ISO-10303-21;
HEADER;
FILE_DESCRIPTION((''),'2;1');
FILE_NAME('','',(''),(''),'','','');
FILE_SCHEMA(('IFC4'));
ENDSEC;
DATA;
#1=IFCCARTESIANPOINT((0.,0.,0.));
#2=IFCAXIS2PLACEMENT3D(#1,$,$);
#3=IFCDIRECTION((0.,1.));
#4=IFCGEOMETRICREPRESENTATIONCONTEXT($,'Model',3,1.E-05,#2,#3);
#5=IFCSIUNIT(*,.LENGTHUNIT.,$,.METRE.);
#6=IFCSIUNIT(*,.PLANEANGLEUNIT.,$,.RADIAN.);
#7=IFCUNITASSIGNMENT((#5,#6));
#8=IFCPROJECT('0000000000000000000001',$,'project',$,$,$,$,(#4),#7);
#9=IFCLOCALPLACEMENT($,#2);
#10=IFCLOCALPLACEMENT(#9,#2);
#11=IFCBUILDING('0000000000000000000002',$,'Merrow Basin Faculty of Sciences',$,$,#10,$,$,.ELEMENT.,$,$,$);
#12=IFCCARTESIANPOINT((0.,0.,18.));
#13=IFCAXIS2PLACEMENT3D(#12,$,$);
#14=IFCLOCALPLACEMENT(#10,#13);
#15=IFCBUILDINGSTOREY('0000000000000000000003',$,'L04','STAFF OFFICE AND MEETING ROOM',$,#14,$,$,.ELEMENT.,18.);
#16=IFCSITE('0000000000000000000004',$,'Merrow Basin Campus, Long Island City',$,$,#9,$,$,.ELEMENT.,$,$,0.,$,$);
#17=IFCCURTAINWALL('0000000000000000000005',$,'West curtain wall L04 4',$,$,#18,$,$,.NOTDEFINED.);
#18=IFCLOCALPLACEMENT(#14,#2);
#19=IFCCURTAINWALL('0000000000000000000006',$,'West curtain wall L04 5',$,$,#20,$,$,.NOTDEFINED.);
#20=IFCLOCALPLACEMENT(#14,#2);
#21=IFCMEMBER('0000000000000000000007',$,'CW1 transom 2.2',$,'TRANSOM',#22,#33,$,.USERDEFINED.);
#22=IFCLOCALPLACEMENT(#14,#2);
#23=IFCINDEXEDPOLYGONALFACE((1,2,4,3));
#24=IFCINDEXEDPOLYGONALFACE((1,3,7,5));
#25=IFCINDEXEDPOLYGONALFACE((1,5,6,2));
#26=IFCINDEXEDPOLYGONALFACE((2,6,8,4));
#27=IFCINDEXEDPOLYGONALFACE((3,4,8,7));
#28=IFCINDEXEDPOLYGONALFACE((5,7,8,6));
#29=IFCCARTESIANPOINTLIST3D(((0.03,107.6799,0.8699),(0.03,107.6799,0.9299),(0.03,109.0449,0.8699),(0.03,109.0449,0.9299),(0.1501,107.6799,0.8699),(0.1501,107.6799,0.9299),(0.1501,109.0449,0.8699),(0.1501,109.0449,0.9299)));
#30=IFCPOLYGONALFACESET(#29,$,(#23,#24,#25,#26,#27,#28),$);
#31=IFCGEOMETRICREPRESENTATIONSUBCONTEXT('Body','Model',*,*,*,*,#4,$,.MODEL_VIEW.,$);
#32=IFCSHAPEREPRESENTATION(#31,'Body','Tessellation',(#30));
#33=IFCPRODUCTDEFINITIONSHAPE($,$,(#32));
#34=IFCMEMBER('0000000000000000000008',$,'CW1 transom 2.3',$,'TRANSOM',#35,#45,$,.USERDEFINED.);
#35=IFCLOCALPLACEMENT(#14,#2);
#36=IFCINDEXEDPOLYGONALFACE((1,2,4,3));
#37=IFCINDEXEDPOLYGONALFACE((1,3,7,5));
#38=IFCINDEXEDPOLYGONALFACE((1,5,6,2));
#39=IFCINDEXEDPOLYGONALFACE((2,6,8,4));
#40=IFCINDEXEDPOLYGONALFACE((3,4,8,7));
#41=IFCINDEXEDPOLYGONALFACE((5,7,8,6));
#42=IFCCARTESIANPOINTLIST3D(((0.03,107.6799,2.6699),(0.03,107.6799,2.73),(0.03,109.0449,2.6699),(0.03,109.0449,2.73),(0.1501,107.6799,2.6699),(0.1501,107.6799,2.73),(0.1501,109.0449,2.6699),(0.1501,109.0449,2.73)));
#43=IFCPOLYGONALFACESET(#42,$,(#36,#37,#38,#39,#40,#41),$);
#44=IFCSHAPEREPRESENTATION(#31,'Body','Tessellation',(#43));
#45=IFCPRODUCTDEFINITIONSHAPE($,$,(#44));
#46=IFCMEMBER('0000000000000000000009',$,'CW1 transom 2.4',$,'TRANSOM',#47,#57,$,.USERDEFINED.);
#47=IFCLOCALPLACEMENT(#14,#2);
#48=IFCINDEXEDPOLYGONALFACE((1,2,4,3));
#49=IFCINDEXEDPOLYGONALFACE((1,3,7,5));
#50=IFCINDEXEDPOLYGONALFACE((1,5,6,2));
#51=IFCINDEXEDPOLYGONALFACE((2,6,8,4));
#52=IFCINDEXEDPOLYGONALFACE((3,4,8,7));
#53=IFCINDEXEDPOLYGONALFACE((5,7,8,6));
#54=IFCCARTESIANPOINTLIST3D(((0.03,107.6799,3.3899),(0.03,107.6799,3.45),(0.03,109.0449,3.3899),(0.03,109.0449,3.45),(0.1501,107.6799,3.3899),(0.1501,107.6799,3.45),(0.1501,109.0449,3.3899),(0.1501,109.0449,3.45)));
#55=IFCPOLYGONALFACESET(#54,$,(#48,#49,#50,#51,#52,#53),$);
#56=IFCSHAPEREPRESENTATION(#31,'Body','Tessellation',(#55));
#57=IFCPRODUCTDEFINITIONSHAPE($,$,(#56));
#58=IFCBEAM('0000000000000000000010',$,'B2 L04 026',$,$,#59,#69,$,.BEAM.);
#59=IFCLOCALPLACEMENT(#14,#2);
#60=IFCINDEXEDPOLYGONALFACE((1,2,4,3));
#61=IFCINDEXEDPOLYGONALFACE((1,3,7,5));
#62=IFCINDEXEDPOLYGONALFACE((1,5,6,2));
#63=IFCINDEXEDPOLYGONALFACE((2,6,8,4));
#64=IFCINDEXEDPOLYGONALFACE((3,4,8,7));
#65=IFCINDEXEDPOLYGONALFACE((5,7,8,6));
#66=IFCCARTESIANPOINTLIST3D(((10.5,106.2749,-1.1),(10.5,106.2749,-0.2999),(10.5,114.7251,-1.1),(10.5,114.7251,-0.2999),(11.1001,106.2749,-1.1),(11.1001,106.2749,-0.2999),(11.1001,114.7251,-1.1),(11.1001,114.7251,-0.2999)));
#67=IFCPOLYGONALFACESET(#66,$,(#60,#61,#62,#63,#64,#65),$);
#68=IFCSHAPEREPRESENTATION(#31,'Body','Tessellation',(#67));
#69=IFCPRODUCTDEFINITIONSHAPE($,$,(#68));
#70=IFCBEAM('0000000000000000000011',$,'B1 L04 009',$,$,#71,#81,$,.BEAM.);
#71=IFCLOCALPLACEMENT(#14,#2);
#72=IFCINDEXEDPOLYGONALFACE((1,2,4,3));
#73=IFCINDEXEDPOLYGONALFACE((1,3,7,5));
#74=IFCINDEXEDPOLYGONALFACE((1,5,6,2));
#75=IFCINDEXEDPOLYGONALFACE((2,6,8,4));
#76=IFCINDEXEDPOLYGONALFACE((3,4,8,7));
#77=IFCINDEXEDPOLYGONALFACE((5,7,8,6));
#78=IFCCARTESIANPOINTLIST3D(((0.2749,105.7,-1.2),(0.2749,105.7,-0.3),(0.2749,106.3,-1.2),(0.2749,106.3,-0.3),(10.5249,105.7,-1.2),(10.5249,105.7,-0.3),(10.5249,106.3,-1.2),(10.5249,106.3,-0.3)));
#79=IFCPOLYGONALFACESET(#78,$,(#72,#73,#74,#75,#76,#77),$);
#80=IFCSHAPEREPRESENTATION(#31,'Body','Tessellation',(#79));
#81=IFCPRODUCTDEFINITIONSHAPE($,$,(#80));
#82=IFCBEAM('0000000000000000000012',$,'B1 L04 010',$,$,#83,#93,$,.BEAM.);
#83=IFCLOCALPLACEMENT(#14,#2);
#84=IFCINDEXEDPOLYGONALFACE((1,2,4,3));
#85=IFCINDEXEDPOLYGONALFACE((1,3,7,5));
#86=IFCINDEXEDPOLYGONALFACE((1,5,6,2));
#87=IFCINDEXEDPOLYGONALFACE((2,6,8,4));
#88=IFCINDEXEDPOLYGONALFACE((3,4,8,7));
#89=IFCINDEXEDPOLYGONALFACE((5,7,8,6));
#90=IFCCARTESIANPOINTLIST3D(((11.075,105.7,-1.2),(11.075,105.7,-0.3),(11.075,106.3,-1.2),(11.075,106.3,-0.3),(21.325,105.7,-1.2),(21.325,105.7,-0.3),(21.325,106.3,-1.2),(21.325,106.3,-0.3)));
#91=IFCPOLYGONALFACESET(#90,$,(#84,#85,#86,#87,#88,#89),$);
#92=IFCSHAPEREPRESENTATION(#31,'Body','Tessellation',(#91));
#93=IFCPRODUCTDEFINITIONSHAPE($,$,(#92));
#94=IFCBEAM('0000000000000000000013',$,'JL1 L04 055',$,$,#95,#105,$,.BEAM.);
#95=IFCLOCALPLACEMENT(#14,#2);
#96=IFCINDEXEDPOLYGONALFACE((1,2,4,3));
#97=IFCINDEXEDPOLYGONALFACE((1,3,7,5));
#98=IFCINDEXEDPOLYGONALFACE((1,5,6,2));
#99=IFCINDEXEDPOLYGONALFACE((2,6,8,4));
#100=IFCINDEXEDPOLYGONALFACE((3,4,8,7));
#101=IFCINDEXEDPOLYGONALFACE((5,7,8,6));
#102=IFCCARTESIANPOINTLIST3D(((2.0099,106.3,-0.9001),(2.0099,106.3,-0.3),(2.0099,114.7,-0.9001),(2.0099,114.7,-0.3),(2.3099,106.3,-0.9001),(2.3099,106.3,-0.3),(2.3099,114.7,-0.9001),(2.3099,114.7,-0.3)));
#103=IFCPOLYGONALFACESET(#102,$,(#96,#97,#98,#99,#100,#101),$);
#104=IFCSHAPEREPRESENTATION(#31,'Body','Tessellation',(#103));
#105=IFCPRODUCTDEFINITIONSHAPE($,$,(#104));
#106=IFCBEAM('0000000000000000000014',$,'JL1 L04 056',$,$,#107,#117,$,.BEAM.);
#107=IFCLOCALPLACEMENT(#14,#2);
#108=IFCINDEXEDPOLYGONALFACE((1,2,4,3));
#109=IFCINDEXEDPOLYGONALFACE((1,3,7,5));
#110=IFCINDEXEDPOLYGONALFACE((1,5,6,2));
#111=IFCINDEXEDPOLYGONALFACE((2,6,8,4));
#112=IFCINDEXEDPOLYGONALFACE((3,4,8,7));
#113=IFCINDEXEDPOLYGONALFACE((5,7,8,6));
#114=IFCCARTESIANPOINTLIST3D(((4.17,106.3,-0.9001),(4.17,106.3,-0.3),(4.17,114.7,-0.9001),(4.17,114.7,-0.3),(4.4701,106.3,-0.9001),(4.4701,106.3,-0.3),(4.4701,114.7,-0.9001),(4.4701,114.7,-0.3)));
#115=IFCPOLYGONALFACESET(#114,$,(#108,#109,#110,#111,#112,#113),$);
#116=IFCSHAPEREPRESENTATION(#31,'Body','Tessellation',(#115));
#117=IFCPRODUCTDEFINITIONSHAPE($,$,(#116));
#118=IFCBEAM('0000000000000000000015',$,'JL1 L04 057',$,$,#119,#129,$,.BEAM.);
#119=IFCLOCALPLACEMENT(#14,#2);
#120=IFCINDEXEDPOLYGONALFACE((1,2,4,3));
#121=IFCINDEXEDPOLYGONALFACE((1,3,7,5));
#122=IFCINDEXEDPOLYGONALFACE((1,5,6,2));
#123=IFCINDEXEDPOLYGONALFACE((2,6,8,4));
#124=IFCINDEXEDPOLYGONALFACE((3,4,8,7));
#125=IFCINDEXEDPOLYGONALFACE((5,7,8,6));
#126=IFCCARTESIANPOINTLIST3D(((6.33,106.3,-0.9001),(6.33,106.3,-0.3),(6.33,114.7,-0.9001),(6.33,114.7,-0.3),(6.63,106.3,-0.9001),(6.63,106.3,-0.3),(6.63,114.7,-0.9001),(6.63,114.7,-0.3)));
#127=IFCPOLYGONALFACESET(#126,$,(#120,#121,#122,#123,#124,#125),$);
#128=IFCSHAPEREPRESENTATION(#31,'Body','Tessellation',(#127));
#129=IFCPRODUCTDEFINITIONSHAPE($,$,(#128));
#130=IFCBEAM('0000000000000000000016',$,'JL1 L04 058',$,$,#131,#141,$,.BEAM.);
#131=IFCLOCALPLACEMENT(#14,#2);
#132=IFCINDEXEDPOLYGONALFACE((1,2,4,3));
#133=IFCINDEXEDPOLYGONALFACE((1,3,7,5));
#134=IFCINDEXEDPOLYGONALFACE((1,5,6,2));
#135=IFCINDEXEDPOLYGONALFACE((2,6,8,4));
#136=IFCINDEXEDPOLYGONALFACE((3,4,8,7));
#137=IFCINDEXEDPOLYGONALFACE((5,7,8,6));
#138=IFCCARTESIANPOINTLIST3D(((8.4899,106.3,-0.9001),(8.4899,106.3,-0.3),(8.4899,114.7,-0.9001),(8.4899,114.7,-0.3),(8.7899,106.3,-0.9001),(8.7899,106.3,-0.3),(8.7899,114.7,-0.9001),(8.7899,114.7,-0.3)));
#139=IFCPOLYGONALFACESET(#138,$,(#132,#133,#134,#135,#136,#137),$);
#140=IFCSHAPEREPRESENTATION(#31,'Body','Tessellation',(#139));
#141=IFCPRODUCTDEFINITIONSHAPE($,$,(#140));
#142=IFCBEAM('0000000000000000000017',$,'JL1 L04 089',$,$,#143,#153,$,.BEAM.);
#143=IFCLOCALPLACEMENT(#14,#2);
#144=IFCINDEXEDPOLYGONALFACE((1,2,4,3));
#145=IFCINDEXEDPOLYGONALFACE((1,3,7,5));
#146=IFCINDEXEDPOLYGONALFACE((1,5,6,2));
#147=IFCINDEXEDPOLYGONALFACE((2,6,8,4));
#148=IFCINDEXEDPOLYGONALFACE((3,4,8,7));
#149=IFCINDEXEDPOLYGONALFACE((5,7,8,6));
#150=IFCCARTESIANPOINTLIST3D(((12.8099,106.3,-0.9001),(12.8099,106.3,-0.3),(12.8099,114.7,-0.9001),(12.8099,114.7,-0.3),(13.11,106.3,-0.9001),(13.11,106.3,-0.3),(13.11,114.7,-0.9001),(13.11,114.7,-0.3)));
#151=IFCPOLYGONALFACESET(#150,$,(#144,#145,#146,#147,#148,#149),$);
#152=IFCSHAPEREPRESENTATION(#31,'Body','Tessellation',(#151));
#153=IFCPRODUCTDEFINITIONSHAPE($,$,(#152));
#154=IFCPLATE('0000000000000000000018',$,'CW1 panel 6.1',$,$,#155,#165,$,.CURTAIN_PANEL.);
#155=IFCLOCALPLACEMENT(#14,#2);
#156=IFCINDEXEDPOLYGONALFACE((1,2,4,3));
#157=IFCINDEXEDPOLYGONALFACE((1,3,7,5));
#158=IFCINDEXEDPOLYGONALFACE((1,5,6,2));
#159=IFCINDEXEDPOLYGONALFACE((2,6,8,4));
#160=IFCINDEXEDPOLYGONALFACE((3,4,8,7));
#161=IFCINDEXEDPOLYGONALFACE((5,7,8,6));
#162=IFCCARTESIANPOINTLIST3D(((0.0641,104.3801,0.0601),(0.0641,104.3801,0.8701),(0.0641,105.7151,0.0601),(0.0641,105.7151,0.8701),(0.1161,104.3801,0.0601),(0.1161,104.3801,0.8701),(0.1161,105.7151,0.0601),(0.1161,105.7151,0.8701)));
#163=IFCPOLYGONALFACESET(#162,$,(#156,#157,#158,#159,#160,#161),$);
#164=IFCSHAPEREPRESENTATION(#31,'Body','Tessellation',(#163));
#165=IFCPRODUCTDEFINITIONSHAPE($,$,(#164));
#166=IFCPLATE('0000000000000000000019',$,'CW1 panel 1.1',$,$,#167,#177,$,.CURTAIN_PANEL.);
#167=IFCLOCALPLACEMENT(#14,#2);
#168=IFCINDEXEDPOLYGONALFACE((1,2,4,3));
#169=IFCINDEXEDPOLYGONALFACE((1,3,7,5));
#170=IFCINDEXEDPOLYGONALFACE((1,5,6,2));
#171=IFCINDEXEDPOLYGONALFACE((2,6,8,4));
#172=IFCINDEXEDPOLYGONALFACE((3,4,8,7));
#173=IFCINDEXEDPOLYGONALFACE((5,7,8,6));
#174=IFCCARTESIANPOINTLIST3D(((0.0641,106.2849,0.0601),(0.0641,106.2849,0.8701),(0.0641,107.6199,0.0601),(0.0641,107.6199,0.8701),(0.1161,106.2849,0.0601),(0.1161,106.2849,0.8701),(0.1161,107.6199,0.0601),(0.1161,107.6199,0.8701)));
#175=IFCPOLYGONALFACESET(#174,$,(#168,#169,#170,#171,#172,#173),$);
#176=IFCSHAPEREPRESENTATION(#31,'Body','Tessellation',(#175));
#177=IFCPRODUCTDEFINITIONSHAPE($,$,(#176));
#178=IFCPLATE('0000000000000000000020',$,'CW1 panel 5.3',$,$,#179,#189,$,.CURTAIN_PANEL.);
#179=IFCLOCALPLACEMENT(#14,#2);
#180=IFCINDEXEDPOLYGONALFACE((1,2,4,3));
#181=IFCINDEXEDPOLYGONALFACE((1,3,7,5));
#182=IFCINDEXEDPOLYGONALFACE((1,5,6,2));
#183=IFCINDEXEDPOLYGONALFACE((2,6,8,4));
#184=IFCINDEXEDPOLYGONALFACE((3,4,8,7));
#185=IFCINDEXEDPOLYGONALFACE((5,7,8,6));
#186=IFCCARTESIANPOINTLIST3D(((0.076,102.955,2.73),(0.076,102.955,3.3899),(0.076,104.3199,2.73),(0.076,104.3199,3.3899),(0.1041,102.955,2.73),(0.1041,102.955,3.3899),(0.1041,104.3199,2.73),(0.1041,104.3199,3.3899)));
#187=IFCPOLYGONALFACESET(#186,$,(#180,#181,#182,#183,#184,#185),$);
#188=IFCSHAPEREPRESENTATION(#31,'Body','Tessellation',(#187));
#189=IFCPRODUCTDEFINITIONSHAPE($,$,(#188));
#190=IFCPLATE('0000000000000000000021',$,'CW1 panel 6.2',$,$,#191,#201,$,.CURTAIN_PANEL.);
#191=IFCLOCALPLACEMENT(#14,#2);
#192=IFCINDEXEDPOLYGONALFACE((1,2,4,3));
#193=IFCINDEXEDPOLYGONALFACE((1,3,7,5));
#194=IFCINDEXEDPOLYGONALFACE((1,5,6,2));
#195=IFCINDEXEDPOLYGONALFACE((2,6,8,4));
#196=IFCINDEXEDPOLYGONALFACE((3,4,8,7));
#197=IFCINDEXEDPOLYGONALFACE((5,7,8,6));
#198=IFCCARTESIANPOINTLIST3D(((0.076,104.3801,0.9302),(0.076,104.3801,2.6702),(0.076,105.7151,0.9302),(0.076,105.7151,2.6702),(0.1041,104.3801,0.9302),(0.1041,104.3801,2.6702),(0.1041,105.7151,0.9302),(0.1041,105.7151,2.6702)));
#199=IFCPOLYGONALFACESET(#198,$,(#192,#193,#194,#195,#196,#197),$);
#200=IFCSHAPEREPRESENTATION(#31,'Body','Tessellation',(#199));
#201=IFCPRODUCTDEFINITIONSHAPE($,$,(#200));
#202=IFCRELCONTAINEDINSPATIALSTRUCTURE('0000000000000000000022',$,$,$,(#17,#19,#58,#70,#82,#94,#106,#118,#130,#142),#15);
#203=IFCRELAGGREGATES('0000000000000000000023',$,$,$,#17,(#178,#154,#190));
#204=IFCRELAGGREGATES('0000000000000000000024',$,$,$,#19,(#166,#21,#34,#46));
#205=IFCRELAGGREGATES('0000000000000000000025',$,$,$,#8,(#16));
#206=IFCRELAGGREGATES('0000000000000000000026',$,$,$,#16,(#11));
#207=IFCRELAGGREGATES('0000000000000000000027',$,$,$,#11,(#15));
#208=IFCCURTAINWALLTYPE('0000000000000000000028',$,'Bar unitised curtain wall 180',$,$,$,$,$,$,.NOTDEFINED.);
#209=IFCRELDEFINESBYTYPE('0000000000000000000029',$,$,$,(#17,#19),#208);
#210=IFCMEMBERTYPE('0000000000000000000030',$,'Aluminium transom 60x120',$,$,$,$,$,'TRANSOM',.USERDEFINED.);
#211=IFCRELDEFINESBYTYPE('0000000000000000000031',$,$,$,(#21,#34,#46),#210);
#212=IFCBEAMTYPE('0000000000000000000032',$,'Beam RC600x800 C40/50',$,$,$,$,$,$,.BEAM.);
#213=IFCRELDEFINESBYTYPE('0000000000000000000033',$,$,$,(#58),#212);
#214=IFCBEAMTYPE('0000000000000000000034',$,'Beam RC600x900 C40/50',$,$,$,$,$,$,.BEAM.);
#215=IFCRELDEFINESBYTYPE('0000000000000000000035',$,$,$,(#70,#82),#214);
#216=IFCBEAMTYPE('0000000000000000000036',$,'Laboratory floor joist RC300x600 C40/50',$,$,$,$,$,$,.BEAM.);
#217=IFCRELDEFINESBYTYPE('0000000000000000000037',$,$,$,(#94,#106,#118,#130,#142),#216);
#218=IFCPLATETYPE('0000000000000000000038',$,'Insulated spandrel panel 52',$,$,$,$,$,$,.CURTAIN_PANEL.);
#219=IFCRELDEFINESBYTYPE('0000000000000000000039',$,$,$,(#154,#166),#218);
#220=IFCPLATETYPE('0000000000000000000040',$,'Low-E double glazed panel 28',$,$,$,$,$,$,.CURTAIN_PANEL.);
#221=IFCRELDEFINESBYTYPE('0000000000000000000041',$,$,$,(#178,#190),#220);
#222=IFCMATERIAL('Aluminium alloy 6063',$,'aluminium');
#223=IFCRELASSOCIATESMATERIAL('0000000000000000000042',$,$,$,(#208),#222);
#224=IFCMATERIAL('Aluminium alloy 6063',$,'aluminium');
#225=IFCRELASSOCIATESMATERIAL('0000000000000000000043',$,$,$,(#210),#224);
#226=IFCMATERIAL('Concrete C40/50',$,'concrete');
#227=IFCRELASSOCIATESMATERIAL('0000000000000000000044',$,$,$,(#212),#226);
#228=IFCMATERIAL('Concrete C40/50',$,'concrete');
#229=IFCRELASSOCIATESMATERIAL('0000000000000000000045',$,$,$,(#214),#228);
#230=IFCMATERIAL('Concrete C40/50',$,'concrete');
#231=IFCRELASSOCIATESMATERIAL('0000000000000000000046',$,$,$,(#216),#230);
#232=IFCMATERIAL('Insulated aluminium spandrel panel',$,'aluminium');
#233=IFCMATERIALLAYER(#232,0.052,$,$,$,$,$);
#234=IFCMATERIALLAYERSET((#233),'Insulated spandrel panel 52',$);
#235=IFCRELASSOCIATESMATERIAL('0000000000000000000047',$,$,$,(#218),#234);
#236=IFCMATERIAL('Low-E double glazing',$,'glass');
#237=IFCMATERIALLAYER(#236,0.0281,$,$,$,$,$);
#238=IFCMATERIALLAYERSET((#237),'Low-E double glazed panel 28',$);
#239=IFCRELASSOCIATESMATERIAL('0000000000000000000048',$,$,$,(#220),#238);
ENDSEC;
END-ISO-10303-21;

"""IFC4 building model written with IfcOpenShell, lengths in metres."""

from ifc_helpers import new_model, si_unit, direction, frame, origin, origin_2d, place, context, subcontext, project, spatial, rectangle, extrude, material, layer, layer_set, material_profile, profile_set, type_object, element, aggregate, save


model = new_model("IFC4")

# Units and contexts
model_context = context("Model", 3, precision=1e-05, world=origin(), true_north=direction((0.0, 1.0)))
body_context = subcontext(model_context, "Body", "Model", "MODEL_VIEW")
ifc_project = project(units=[si_unit("LENGTHUNIT", "METRE"), si_unit("PLANEANGLEUNIT", "RADIAN")], contexts=[model_context])

# Site, building, storey
site_placement = place(None, origin())
site = spatial("IfcSite", under=ifc_project, at=site_placement, Name="Merrow Basin Campus, Long Island City", CompositionType="ELEMENT", RefElevation=0.0)
building_placement = place(site_placement, origin())
building = spatial("IfcBuilding", under=site, at=building_placement, Name="Merrow Basin Faculty of Sciences", CompositionType="ELEMENT")
storey_placement = place(building_placement, frame((0.0, 0.0, 18.0)))
storey = spatial("IfcBuildingStorey", under=building, at=storey_placement, Name="L04", Description="STAFF OFFICE AND MEETING ROOM", CompositionType="ELEMENT", Elevation=18.0)

# Curtain walls
ifc_material_1 = material(Name="Aluminium alloy 6063", Category="aluminium")
curtain_wall_type = type_object("IfcCurtainWallType", Name="Bar unitised curtain wall 180", PredefinedType="NOTDEFINED", material=ifc_material_1)
curtain_wall_1_placement = place(storey_placement, origin())
curtain_wall_1 = element("IfcCurtainWall", 1, at=curtain_wall_1_placement, inside=storey, type_object=curtain_wall_type, Name="West curtain wall L04 4", PredefinedType="NOTDEFINED")
curtain_wall_2_placement = place(storey_placement, origin())
curtain_wall_2 = element("IfcCurtainWall", 2, at=curtain_wall_2_placement, inside=storey, type_object=curtain_wall_type, Name="West curtain wall L04 5", PredefinedType="NOTDEFINED")

# Members
ifc_material_2 = material(Name="Aluminium alloy 6063", Category="aluminium")
ifc_material_profile_1 = material_profile(ifc_material_2, rectangle(XDim=0.1201, YDim=0.0601, at=origin_2d()))
ifc_profile_set_1 = profile_set([ifc_material_profile_1], Name="Aluminium alloy 6063")
member_type_1 = type_object("IfcMemberType", Name="Aluminium transom 60x120", ElementType="TRANSOM", PredefinedType="USERDEFINED", material=ifc_profile_set_1)
member_1_placement = place(storey_placement, frame((0.0901, 107.6799, 0.8999), z_axis=(0.0, 1.0, 0.0), x_axis=(-1.0, 0.0, 0.0)))
member_1 = element("IfcMember", 3, at=member_1_placement, type_object=member_type_1, Name="CW1 transom 2.2", ObjectType="TRANSOM", PredefinedType="USERDEFINED", context=body_context, shape_type="SweptSolid", body=[
    extrude(rectangle(XDim=0.1201, YDim=0.0601, at=origin_2d()), origin(), (0.0, 0.0, 1.0), 1.365),
])
member_2_placement = place(storey_placement, frame((0.0901, 107.6799, 2.7), z_axis=(0.0, 1.0, 0.0), x_axis=(-1.0, 0.0, 0.0)))
member_2 = element("IfcMember", 4, at=member_2_placement, type_object=member_type_1, Name="CW1 transom 2.3", ObjectType="TRANSOM", PredefinedType="USERDEFINED", context=body_context, shape_type="SweptSolid", body=[
    extrude(rectangle(XDim=0.1201, YDim=0.0601, at=origin_2d()), origin(), (0.0, 0.0, 1.0), 1.365),
])
member_3_placement = place(storey_placement, frame((0.0901, 107.6799, 3.4199), z_axis=(0.0, 1.0, 0.0), x_axis=(-1.0, 0.0, 0.0)))
member_3 = element("IfcMember", 5, at=member_3_placement, type_object=member_type_1, Name="CW1 transom 2.4", ObjectType="TRANSOM", PredefinedType="USERDEFINED", context=body_context, shape_type="SweptSolid", body=[
    extrude(rectangle(XDim=0.1201, YDim=0.0601, at=origin_2d()), origin(), (0.0, 0.0, 1.0), 1.365),
])

# Beams
ifc_material_3 = material(Name="Concrete C40/50", Category="concrete")
ifc_material_profile_2 = material_profile(ifc_material_3, rectangle(XDim=0.6001, YDim=0.8, at=origin_2d()))
ifc_profile_set_2 = profile_set([ifc_material_profile_2], Name="Concrete C40/50")
beam_type_1 = type_object("IfcBeamType", Name="Beam RC600x800 C40/50", PredefinedType="BEAM", material=ifc_profile_set_2)
beam_placement = place(storey_placement, frame((10.8, 106.2749, -0.7), z_axis=(0.0, 1.0, 0.0), x_axis=(-1.0, 0.0, 0.0)))
element("IfcBeam", 6, at=beam_placement, inside=storey, type_object=beam_type_1, Name="B2 L04 026", PredefinedType="BEAM", context=body_context, shape_type="SweptSolid", body=[
    extrude(rectangle(XDim=0.6001, YDim=0.8, at=origin_2d()), origin(), (0.0, 0.0, 1.0), 8.4502),
])
ifc_material_4 = material(Name="Concrete C40/50", Category="concrete")
ifc_material_profile_3 = material_profile(ifc_material_4, rectangle(XDim=0.6001, YDim=0.8999, at=origin_2d()))
ifc_profile_set_3 = profile_set([ifc_material_profile_3], Name="Concrete C40/50")
beam_type_2 = type_object("IfcBeamType", Name="Beam RC600x900 C40/50", PredefinedType="BEAM", material=ifc_profile_set_3)
for number, where, z_axis, x_axis, name in (
    (7, (0.2749, 106.0, -0.75), (1.0, 0.0, 0.0), (0.0, 1.0, 0.0), "B1 L04 009"),
    (8, (11.075, 106.0, -0.75), (1.0, 0.0, 0.0), (0.0, 1.0, 0.0), "B1 L04 010"),
):
    element("IfcBeam", number, at=place(storey_placement, frame(where, z_axis=z_axis, x_axis=x_axis)), inside=storey, type_object=beam_type_2, Name=name, PredefinedType="BEAM", context=body_context, shape_type="SweptSolid", body=[
        extrude(rectangle(XDim=0.6001, YDim=0.8999, at=origin_2d()), origin(), (0.0, 0.0, 1.0), 10.25),
    ])
ifc_material_5 = material(Name="Concrete C40/50", Category="concrete")
ifc_material_profile_4 = material_profile(ifc_material_5, rectangle(XDim=0.3, YDim=0.6001, at=origin_2d()))
ifc_profile_set_4 = profile_set([ifc_material_profile_4], Name="Concrete C40/50")
beam_type_3 = type_object("IfcBeamType", Name="Laboratory floor joist RC300x600 C40/50", PredefinedType="BEAM", material=ifc_profile_set_4)
for number, where, z_axis, x_axis, name in (
    (9, (2.1599, 106.3, -0.6001), (0.0, 1.0, 0.0), (-1.0, 0.0, 0.0), "JL1 L04 055"),
    (10, (4.3201, 106.3, -0.6001), (0.0, 1.0, 0.0), (-1.0, 0.0, 0.0), "JL1 L04 056"),
    (11, (6.48, 106.3, -0.6001), (0.0, 1.0, 0.0), (-1.0, 0.0, 0.0), "JL1 L04 057"),
    (12, (8.6399, 106.3, -0.6001), (0.0, 1.0, 0.0), (-1.0, 0.0, 0.0), "JL1 L04 058"),
    (13, (12.96, 106.3, -0.6001), (0.0, 1.0, 0.0), (-1.0, 0.0, 0.0), "JL1 L04 089"),
):
    element("IfcBeam", number, at=place(storey_placement, frame(where, z_axis=z_axis, x_axis=x_axis)), inside=storey, type_object=beam_type_3, Name=name, PredefinedType="BEAM", context=body_context, shape_type="SweptSolid", body=[
        extrude(rectangle(XDim=0.3, YDim=0.6001, at=origin_2d()), origin(), (0.0, 0.0, 1.0), 8.3999),
    ])

# Plates
ifc_material_6 = material(Name="Insulated aluminium spandrel panel", Category="aluminium")
ifc_layer_1 = layer(ifc_material_6, 0.052)
ifc_layer_set_1 = layer_set([ifc_layer_1], Name="Insulated spandrel panel 52")
plate_type_1 = type_object("IfcPlateType", Name="Insulated spandrel panel 52", PredefinedType="CURTAIN_PANEL", material=ifc_layer_set_1)
plate_1_placement = place(storey_placement, frame((0.0901, 105.0476, 0.0601), z_axis=(0.0, 0.0, 1.0), x_axis=(0.0, 1.0, 0.0)))
plate_1 = element("IfcPlate", 14, at=plate_1_placement, type_object=plate_type_1, Name="CW1 panel 6.1", PredefinedType="CURTAIN_PANEL", context=body_context, shape_type="SweptSolid", body=[
    extrude(rectangle(XDim=1.335, YDim=0.052, at=origin_2d()), origin(), (0.0, 0.0, 1.0), 0.8101),
])
plate_2_placement = place(storey_placement, frame((0.0901, 106.9524, 0.0601), z_axis=(0.0, 0.0, 1.0), x_axis=(0.0, 1.0, 0.0)))
plate_2 = element("IfcPlate", 15, at=plate_2_placement, type_object=plate_type_1, Name="CW1 panel 1.1", PredefinedType="CURTAIN_PANEL", context=body_context, shape_type="SweptSolid", body=[
    extrude(rectangle(XDim=1.335, YDim=0.052, at=origin_2d()), origin(), (0.0, 0.0, 1.0), 0.8101),
])
ifc_material_7 = material(Name="Low-E double glazing", Category="glass")
ifc_layer_2 = layer(ifc_material_7, 0.0281)
ifc_layer_set_2 = layer_set([ifc_layer_2], Name="Low-E double glazed panel 28")
plate_type_2 = type_object("IfcPlateType", Name="Low-E double glazed panel 28", PredefinedType="CURTAIN_PANEL", material=ifc_layer_set_2)
plate_3_placement = place(storey_placement, frame((0.0901, 103.6375, 2.73), z_axis=(0.0, 0.0, 1.0), x_axis=(0.0, 1.0, 0.0)))
plate_3 = element("IfcPlate", 16, at=plate_3_placement, type_object=plate_type_2, Name="CW1 panel 5.3", PredefinedType="CURTAIN_PANEL", context=body_context, shape_type="SweptSolid", body=[
    extrude(rectangle(XDim=1.365, YDim=0.0281, at=origin_2d()), origin(), (0.0, 0.0, 1.0), 0.6599),
])
plate_4_placement = place(storey_placement, frame((0.0901, 105.0476, 0.9302), z_axis=(0.0, 0.0, 1.0), x_axis=(0.0, 1.0, 0.0)))
plate_4 = element("IfcPlate", 17, at=plate_4_placement, type_object=plate_type_2, Name="CW1 panel 6.2", PredefinedType="CURTAIN_PANEL", context=body_context, shape_type="SweptSolid", body=[
    extrude(rectangle(XDim=1.335, YDim=0.0281, at=origin_2d()), origin(), (0.0, 0.0, 1.0), 1.74),
])
aggregate(curtain_wall_1, [plate_3, plate_1, plate_4])
aggregate(curtain_wall_2, [plate_2, member_1, member_2, member_3])

save(model, "model.ifc")
